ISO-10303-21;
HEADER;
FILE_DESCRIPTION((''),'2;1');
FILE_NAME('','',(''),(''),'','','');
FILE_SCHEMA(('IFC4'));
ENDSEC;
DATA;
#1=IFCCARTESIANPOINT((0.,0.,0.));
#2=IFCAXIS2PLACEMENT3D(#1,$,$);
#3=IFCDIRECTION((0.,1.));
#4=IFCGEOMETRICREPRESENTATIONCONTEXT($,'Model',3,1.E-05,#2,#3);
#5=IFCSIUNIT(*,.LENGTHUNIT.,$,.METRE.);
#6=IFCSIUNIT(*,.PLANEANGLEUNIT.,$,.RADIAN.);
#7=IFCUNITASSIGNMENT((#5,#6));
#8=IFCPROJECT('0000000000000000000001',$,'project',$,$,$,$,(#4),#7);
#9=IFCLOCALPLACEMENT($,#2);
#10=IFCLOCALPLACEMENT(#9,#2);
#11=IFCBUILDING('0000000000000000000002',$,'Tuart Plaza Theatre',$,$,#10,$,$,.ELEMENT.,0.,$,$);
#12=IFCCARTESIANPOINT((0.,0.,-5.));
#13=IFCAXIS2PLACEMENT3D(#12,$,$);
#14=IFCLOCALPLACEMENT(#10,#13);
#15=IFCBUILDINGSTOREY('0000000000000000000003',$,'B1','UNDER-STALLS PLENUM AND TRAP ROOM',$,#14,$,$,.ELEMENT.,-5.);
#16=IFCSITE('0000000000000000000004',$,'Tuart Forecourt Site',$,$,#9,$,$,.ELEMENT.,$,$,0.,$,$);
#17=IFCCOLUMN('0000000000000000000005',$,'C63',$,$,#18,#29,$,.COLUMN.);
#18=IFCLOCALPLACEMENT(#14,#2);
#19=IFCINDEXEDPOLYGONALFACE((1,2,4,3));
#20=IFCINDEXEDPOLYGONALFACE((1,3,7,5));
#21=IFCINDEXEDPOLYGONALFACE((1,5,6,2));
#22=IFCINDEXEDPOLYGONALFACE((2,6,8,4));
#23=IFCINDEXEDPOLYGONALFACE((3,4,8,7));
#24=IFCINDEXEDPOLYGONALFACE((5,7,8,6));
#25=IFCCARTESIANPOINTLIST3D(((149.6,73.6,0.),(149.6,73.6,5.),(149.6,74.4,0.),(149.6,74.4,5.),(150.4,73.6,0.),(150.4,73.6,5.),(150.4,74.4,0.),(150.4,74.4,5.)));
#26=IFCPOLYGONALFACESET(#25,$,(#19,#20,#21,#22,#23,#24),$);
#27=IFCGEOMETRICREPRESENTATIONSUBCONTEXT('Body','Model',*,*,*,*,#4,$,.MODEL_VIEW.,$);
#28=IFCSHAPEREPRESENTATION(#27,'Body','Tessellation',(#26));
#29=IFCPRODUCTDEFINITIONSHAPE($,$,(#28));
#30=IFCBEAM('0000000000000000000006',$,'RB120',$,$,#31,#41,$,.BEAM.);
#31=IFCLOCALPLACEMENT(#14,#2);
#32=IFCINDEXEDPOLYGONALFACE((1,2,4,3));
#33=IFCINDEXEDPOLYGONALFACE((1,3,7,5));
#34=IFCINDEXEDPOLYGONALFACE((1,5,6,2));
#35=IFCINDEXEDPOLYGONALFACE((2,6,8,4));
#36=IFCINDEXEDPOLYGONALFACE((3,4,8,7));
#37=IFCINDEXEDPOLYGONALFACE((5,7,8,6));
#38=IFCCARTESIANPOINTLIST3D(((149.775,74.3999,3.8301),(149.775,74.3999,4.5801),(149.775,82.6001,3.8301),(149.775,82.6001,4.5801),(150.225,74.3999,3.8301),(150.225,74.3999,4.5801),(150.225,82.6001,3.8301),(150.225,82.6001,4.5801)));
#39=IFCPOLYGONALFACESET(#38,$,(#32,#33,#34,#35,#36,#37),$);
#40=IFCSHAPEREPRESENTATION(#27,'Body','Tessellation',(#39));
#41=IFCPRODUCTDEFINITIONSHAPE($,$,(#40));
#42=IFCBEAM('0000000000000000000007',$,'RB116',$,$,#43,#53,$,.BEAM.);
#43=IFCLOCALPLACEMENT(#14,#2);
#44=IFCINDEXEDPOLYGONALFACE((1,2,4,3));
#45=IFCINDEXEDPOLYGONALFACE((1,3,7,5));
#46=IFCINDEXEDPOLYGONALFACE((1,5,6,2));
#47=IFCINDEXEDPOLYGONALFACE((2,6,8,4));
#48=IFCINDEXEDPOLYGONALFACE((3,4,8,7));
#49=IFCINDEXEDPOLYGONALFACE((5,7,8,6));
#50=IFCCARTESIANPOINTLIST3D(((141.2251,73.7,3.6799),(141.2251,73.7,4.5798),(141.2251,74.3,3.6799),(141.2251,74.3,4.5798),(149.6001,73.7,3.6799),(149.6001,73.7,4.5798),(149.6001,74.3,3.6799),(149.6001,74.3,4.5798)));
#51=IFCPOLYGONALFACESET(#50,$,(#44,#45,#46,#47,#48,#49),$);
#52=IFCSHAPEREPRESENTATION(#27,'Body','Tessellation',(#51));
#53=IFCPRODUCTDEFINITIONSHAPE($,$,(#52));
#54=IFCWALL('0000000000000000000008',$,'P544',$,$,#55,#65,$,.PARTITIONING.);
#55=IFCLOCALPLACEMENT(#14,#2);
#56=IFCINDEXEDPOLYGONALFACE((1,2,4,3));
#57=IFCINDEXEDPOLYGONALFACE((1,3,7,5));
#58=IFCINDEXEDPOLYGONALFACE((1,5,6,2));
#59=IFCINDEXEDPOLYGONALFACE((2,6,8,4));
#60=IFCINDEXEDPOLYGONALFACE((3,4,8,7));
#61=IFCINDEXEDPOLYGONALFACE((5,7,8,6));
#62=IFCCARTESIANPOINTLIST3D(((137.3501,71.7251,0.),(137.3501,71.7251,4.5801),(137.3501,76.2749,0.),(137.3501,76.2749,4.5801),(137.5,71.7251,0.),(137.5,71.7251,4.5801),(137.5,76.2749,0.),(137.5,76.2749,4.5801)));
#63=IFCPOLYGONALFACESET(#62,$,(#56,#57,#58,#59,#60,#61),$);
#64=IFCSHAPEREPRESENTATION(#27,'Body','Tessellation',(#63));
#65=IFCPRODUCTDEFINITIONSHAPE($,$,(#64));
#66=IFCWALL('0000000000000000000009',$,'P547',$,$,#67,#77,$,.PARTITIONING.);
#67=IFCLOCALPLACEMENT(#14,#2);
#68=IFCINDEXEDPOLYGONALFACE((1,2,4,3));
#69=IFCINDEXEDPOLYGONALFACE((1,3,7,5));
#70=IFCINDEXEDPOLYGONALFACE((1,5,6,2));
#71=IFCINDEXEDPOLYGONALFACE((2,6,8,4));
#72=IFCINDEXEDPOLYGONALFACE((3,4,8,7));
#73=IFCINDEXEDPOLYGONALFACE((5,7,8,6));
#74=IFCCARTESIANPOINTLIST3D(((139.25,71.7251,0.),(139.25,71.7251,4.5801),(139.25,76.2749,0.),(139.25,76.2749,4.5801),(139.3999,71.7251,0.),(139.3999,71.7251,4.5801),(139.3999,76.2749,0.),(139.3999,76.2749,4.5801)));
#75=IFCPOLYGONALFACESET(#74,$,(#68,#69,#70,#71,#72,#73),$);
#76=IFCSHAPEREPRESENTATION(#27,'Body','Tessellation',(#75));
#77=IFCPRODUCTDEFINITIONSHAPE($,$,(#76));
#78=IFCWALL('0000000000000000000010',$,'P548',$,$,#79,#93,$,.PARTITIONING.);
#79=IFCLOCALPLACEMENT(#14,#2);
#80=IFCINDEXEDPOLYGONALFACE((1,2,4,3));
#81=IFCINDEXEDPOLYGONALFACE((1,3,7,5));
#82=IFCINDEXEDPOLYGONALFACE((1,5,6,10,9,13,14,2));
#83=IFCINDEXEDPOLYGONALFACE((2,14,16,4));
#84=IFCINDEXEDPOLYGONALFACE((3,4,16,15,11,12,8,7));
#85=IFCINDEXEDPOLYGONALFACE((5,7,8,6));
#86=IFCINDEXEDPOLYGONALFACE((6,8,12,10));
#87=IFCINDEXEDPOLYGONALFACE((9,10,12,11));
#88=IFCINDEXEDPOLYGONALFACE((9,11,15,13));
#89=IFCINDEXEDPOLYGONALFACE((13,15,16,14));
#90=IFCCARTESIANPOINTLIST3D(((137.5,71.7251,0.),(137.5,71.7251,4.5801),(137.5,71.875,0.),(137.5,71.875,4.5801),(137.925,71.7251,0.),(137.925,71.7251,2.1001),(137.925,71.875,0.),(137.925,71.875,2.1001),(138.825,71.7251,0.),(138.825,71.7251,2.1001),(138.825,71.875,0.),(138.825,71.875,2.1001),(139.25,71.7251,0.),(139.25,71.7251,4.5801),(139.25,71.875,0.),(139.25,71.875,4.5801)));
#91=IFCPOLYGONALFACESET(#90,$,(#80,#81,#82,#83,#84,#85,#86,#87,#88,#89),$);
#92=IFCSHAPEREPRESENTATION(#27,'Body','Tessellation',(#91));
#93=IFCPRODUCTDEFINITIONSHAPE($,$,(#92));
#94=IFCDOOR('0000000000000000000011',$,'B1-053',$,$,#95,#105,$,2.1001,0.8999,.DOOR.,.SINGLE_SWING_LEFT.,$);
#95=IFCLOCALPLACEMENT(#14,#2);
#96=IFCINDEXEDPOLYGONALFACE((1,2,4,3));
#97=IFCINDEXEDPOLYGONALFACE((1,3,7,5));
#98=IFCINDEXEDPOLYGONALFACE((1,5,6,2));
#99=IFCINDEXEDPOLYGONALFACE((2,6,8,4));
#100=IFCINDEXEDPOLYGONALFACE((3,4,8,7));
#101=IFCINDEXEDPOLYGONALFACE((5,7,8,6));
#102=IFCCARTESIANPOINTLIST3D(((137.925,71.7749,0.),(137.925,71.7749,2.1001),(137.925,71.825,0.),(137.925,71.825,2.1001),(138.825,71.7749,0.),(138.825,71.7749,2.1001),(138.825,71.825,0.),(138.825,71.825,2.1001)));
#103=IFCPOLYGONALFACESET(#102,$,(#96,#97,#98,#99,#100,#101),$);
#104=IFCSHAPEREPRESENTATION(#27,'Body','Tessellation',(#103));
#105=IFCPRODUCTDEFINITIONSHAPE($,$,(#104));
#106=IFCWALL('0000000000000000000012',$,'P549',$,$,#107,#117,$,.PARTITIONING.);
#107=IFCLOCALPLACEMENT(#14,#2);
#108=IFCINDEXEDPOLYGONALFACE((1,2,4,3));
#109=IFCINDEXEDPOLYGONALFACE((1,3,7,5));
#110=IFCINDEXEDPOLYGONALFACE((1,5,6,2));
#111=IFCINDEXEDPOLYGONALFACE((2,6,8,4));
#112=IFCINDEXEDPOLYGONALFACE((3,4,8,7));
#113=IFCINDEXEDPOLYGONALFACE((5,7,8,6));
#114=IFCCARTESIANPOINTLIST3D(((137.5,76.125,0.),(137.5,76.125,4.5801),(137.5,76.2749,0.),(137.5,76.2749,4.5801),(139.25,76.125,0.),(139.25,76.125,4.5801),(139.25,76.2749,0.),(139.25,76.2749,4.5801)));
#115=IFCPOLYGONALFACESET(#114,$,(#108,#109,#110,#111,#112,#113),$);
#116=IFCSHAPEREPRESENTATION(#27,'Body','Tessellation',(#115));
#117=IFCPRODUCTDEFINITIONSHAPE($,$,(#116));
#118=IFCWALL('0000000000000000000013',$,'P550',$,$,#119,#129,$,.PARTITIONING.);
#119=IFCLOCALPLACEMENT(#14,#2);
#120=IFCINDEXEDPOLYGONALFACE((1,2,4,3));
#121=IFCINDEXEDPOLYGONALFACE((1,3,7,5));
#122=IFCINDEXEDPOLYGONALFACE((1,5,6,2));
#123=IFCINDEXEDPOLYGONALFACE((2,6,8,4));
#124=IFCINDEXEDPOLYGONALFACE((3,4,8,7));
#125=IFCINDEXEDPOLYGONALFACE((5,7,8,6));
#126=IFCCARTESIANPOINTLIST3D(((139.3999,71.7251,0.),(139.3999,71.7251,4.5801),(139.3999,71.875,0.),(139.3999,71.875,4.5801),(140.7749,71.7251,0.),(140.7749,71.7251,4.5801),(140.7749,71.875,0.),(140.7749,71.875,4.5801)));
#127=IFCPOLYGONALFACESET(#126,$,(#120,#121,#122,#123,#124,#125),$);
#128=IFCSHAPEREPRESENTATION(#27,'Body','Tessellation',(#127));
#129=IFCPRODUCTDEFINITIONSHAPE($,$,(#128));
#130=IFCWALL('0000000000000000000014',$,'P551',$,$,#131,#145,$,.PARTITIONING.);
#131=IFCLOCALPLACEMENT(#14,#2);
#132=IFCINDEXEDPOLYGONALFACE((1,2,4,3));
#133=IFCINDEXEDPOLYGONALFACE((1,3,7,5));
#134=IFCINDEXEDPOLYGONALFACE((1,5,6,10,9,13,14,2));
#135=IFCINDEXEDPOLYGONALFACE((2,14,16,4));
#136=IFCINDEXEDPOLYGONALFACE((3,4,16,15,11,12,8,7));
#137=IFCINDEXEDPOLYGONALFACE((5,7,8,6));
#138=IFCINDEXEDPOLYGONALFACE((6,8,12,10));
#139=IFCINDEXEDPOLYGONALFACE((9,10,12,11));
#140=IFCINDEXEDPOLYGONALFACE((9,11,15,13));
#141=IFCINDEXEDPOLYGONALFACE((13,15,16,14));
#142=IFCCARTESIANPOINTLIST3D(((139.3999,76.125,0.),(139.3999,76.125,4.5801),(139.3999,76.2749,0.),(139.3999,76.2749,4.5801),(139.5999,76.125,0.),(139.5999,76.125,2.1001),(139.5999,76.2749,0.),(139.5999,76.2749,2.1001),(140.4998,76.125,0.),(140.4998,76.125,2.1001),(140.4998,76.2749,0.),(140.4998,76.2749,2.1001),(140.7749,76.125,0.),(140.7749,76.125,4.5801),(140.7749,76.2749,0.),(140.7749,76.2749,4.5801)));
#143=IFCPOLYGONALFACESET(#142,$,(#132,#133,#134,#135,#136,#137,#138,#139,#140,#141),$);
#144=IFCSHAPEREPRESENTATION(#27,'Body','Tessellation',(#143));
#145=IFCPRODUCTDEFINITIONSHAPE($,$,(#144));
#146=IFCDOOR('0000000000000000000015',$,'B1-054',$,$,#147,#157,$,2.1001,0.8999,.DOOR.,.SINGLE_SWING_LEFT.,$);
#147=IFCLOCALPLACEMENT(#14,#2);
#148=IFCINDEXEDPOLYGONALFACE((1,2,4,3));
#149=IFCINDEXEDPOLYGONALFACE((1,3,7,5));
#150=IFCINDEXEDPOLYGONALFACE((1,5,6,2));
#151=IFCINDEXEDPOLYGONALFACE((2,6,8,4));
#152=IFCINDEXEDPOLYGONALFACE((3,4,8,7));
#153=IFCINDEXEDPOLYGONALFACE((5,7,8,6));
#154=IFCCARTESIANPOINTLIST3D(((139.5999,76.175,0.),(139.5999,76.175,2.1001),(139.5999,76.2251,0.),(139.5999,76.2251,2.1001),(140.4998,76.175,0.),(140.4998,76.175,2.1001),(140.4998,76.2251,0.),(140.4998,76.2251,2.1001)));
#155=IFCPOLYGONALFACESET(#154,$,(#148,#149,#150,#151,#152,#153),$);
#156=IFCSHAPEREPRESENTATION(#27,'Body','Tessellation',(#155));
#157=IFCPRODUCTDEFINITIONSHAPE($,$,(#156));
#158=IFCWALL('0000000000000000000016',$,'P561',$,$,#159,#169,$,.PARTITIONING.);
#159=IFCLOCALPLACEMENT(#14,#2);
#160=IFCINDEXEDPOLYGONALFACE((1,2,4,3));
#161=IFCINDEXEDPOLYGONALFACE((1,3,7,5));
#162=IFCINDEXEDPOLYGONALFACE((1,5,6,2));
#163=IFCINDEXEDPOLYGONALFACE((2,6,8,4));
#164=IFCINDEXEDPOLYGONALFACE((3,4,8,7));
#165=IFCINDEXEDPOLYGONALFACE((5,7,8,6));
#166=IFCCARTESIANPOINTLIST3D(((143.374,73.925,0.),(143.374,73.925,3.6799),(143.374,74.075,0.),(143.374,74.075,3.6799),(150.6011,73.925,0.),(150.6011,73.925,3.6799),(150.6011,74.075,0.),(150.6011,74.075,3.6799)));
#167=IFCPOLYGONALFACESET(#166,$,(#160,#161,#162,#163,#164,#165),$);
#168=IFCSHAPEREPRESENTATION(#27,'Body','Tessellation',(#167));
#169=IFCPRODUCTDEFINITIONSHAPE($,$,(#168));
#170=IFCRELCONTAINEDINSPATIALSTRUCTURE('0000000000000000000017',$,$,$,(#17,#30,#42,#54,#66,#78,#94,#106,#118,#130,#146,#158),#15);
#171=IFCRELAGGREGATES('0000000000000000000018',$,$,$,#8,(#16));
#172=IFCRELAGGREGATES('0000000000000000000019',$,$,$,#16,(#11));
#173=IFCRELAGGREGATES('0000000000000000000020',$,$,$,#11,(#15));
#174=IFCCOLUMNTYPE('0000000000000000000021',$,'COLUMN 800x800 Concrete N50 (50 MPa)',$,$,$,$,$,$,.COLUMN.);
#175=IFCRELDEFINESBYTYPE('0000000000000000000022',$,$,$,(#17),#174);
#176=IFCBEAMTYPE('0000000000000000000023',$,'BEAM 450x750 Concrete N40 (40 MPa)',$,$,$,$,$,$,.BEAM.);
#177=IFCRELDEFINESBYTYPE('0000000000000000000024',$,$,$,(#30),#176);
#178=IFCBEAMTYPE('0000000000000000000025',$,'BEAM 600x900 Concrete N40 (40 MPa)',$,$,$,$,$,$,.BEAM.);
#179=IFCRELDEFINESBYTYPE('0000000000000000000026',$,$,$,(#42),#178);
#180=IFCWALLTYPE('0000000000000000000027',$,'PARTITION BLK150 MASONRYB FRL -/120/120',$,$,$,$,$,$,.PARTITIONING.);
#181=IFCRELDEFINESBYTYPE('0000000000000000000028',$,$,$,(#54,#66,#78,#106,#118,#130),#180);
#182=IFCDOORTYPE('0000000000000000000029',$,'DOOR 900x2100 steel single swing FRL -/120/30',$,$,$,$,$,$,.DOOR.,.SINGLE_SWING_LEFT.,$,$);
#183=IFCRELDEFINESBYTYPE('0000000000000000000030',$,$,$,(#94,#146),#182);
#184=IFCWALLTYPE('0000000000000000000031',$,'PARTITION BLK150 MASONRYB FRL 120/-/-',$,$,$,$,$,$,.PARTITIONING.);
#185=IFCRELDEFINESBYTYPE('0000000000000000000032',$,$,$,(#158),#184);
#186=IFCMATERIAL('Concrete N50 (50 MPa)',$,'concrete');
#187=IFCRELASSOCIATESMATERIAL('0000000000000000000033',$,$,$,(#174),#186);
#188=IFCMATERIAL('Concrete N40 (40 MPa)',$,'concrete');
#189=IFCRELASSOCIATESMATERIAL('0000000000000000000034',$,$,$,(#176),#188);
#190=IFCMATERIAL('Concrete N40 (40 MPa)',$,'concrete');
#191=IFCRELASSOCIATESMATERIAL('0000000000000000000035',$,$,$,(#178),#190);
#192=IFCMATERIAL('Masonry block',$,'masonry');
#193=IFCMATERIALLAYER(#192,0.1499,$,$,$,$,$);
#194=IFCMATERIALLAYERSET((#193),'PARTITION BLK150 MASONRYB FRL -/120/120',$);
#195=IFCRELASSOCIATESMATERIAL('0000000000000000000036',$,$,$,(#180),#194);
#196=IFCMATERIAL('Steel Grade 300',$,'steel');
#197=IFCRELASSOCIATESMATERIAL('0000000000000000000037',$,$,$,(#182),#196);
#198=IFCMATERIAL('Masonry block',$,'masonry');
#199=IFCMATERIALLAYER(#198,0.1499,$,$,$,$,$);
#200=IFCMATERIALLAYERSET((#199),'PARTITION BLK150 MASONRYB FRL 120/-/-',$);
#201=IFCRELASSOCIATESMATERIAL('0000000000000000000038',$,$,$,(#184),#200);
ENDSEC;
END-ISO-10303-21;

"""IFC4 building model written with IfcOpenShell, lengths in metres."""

from ifc_helpers import new_model, si_unit, direction, frame, frame_2d, origin, origin_2d, place, context, subcontext, project, spatial, rectangle, extrude, material, layer, layer_set, material_profile, profile_set, type_object, element, fill, save


model = new_model("IFC4")

# Units and contexts
model_context = context("Model", 3, precision=1e-05, world=origin(), true_north=direction((0.0, 1.0)))
body_context = subcontext(model_context, "Body", "Model", "MODEL_VIEW")
ifc_project = project(units=[si_unit("LENGTHUNIT", "METRE"), si_unit("PLANEANGLEUNIT", "RADIAN")], contexts=[model_context])

# Site, building, storey
site_placement = place(None, origin())
site = spatial("IfcSite", under=ifc_project, at=site_placement, Name="Tuart Forecourt Site", CompositionType="ELEMENT", RefElevation=0.0)
building_placement = place(site_placement, origin())
building = spatial("IfcBuilding", under=site, at=building_placement, Name="Tuart Plaza Theatre", CompositionType="ELEMENT", ElevationOfRefHeight=0.0)
storey_placement = place(building_placement, frame((0.0, 0.0, -5.0)))
storey = spatial("IfcBuildingStorey", under=building, at=storey_placement, Name="B1", Description="UNDER-STALLS PLENUM AND TRAP ROOM", CompositionType="ELEMENT", Elevation=-5.0)

# Column
ifc_material_1 = material(Name="Concrete N50 (50 MPa)", Category="concrete")
ifc_material_profile_1 = material_profile(ifc_material_1, rectangle(XDim=0.8, YDim=0.8, at=origin_2d()), Name="COLUMN 800x800 Concrete N50 (50 MPa)")
ifc_profile_set_1 = profile_set([ifc_material_profile_1], Name="Concrete N50 (50 MPa)")
column_type = type_object("IfcColumnType", Name="COLUMN 800x800 Concrete N50 (50 MPa)", PredefinedType="COLUMN", material=ifc_profile_set_1)
column_placement = place(storey_placement, frame((150.0, 74.0, 0.0), z_axis=(0.0, 0.0, 1.0), x_axis=(1.0, 0.0, 0.0)))
element("IfcColumn", 1, at=column_placement, inside=storey, type_object=column_type, Name="C63", PredefinedType="COLUMN", context=body_context, shape_type="SweptSolid", body=[
    extrude(rectangle(XDim=0.8, YDim=0.8, at=origin_2d()), origin(), (0.0, 0.0, 1.0), 5.0),
])

# Beams
ifc_material_2 = material(Name="Concrete N40 (40 MPa)", Category="concrete")
ifc_material_profile_2 = material_profile(ifc_material_2, rectangle(XDim=0.45, YDim=0.75, at=origin_2d()), Name="BEAM 450x750 Concrete N40 (40 MPa)")
ifc_profile_set_2 = profile_set([ifc_material_profile_2], Name="Concrete N40 (40 MPa)")
beam_type_1 = type_object("IfcBeamType", Name="BEAM 450x750 Concrete N40 (40 MPa)", PredefinedType="BEAM", material=ifc_profile_set_2)
beam_1_placement = place(storey_placement, frame((150.0, 74.3999, 4.2051), z_axis=(0.0, 1.0, 0.0), x_axis=(-1.0, 0.0, 0.0)))
element("IfcBeam", 2, at=beam_1_placement, inside=storey, type_object=beam_type_1, Name="RB120", PredefinedType="BEAM", context=body_context, shape_type="SweptSolid", body=[
    extrude(rectangle(XDim=0.45, YDim=0.75, at=origin_2d()), origin(), (0.0, 0.0, 1.0), 8.2002),
])
ifc_material_3 = material(Name="Concrete N40 (40 MPa)", Category="concrete")
ifc_material_profile_3 = material_profile(ifc_material_3, rectangle(XDim=0.6001, YDim=0.8999, at=origin_2d()), Name="BEAM 600x900 Concrete N40 (40 MPa)")
ifc_profile_set_3 = profile_set([ifc_material_profile_3], Name="Concrete N40 (40 MPa)")
beam_type_2 = type_object("IfcBeamType", Name="BEAM 600x900 Concrete N40 (40 MPa)", PredefinedType="BEAM", material=ifc_profile_set_3)
beam_2_placement = place(storey_placement, frame((141.2251, 74.0, 4.1299), z_axis=(1.0, 0.0, 0.0), x_axis=(0.0, 1.0, 0.0)))
element("IfcBeam", 3, at=beam_2_placement, inside=storey, type_object=beam_type_2, Name="RB116", PredefinedType="BEAM", context=body_context, shape_type="SweptSolid", body=[
    extrude(rectangle(XDim=0.6001, YDim=0.8999, at=origin_2d()), origin(), (0.0, 0.0, 1.0), 8.375),
])

# Walls
ifc_material_4 = material(Name="Masonry block", Category="masonry")
ifc_layer_1 = layer(ifc_material_4, 0.1499)
ifc_layer_set_1 = layer_set([ifc_layer_1], Name="PARTITION BLK150 MASONRYB FRL -/120/120")
wall_type_1 = type_object("IfcWallType", Name="PARTITION BLK150 MASONRYB FRL -/120/120", PredefinedType="PARTITIONING", material=ifc_layer_set_1)
for number, where, z_axis, x_axis, name in (
    (4, (137.425, 71.7251, 0.0), (0.0, 0.0, 1.0), (0.0, 1.0, 0.0), "P544"),
    (5, (139.325, 71.7251, 0.0), (0.0, 0.0, 1.0), (0.0, 1.0, 0.0), "P547"),
):
    element("IfcWall", number, at=place(storey_placement, frame(where, z_axis=z_axis, x_axis=x_axis)), inside=storey, type_object=wall_type_1, Name=name, PredefinedType="PARTITIONING", context=body_context, shape_type="SweptSolid", body=[
        extrude(rectangle(XDim=4.5498, YDim=0.1499, at=frame_2d((2.2749, 0.0))), origin(), (0.0, 0.0, 1.0), 4.5801),
    ])

# Wall, opening, door
wall_1_placement = place(storey_placement, frame((137.5, 71.8, 0.0), z_axis=(0.0, 0.0, 1.0), x_axis=(1.0, 0.0, 0.0)))
wall_1 = element("IfcWall", 6, at=wall_1_placement, inside=storey, type_object=wall_type_1, Name="P548", PredefinedType="PARTITIONING", context=body_context, shape_type="SweptSolid", body=[
    extrude(rectangle(XDim=1.75, YDim=0.1499, at=frame_2d((0.875, 0.0))), origin(), (0.0, 0.0, 1.0), 4.5801),
])
opening_1_placement = place(wall_1_placement, frame((0.425, 0.0, 0.0)))
opening_1 = element("IfcOpeningElement", 7, at=opening_1_placement, cuts=wall_1, PredefinedType="OPENING", context=body_context, shape_type="SweptSolid", body=[
    extrude(rectangle(XDim=0.8999, YDim=2.1001, at=frame_2d((0.45, 1.05))), frame((0.0, 0.085, 0.0), z_axis=(0.0, -1.0, 0.0), x_axis=(1.0, 0.0, 0.0)), (0.0, 0.0, 1.0), 0.1699),
])
ifc_material_5 = material(Name="Steel Grade 300", Category="steel")
door_type_1 = type_object("IfcDoorType", Name="DOOR 900x2100 steel single swing FRL -/120/30", OperationType="SINGLE_SWING_LEFT", PredefinedType="DOOR", material=ifc_material_5)
door_1_placement = place(opening_1_placement, origin())
door_1 = element("IfcDoor", 8, at=door_1_placement, inside=storey, type_object=door_type_1, Name="B1-053", OperationType="SINGLE_SWING_LEFT", OverallHeight=2.1001, OverallWidth=0.8999, PredefinedType="DOOR", context=body_context, shape_type="SweptSolid", body=[
    extrude(rectangle(XDim=0.8999, YDim=2.1001, at=frame_2d((0.45, 1.05))), frame((0.0, 0.0249, 0.0), z_axis=(0.0, -1.0, 0.0), x_axis=(1.0, 0.0, 0.0)), (0.0, 0.0, 1.0), 0.05),
])
fill(opening_1, door_1)

# Walls
wall_2_placement = place(storey_placement, frame((137.5, 76.2, 0.0), z_axis=(0.0, 0.0, 1.0), x_axis=(1.0, 0.0, 0.0)))
element("IfcWall", 9, at=wall_2_placement, inside=storey, type_object=wall_type_1, Name="P549", PredefinedType="PARTITIONING", context=body_context, shape_type="SweptSolid", body=[
    extrude(rectangle(XDim=1.75, YDim=0.1499, at=frame_2d((0.875, 0.0))), origin(), (0.0, 0.0, 1.0), 4.5801),
])
wall_3_placement = place(storey_placement, frame((139.3999, 71.8, 0.0), z_axis=(0.0, 0.0, 1.0), x_axis=(1.0, 0.0, 0.0)))
element("IfcWall", 10, at=wall_3_placement, inside=storey, type_object=wall_type_1, Name="P550", PredefinedType="PARTITIONING", context=body_context, shape_type="SweptSolid", body=[
    extrude(rectangle(XDim=1.375, YDim=0.1499, at=frame_2d((0.6875, 0.0))), origin(), (0.0, 0.0, 1.0), 4.5801),
])

# Wall, opening, door
wall_4_placement = place(storey_placement, frame((139.3999, 76.2, 0.0), z_axis=(0.0, 0.0, 1.0), x_axis=(1.0, 0.0, 0.0)))
wall_4 = element("IfcWall", 11, at=wall_4_placement, inside=storey, type_object=wall_type_1, Name="P551", PredefinedType="PARTITIONING", context=body_context, shape_type="SweptSolid", body=[
    extrude(rectangle(XDim=1.375, YDim=0.1499, at=frame_2d((0.6875, 0.0))), origin(), (0.0, 0.0, 1.0), 4.5801),
])
opening_2_placement = place(wall_4_placement, frame((0.2, 0.0, 0.0)))
opening_2 = element("IfcOpeningElement", 12, at=opening_2_placement, cuts=wall_4, PredefinedType="OPENING", context=body_context, shape_type="SweptSolid", body=[
    extrude(rectangle(XDim=0.8999, YDim=2.1001, at=frame_2d((0.45, 1.05))), frame((0.0, 0.085, 0.0), z_axis=(0.0, -1.0, 0.0), x_axis=(1.0, 0.0, 0.0)), (0.0, 0.0, 1.0), 0.1699),
])
door_2_placement = place(opening_2_placement, frame((0.8999, 0.0, 0.0), z_axis=(0.0, 0.0, 1.0), x_axis=(-1.0, 0.0, 0.0)))
door_2 = element("IfcDoor", 13, at=door_2_placement, inside=storey, type_object=door_type_1, Name="B1-054", OperationType="SINGLE_SWING_LEFT", OverallHeight=2.1001, OverallWidth=0.8999, PredefinedType="DOOR", context=body_context, shape_type="SweptSolid", body=[
    extrude(rectangle(XDim=0.8999, YDim=2.1001, at=frame_2d((0.45, 1.05))), frame((0.0, 0.0249, 0.0), z_axis=(0.0, -1.0, 0.0), x_axis=(1.0, 0.0, 0.0)), (0.0, 0.0, 1.0), 0.05),
])
fill(opening_2, door_2)

# Wall
ifc_material_6 = material(Name="Masonry block", Category="masonry")
ifc_layer_2 = layer(ifc_material_6, 0.1499)
ifc_layer_set_2 = layer_set([ifc_layer_2], Name="PARTITION BLK150 MASONRYB FRL 120/-/-")
wall_type_2 = type_object("IfcWallType", Name="PARTITION BLK150 MASONRYB FRL 120/-/-", PredefinedType="PARTITIONING", material=ifc_layer_set_2)
wall_5_placement = place(storey_placement, frame((143.374, 74.0, 0.0), z_axis=(0.0, 0.0, 1.0), x_axis=(1.0, 0.0, 0.0)))
element("IfcWall", 14, at=wall_5_placement, inside=storey, type_object=wall_type_2, Name="P561", PredefinedType="PARTITIONING", context=body_context, shape_type="SweptSolid", body=[
    extrude(rectangle(XDim=7.2271, YDim=0.1499, at=frame_2d((3.6135, 0.0))), origin(), (0.0, 0.0, 1.0), 3.6799),
])

save(model, "model.ifc")
